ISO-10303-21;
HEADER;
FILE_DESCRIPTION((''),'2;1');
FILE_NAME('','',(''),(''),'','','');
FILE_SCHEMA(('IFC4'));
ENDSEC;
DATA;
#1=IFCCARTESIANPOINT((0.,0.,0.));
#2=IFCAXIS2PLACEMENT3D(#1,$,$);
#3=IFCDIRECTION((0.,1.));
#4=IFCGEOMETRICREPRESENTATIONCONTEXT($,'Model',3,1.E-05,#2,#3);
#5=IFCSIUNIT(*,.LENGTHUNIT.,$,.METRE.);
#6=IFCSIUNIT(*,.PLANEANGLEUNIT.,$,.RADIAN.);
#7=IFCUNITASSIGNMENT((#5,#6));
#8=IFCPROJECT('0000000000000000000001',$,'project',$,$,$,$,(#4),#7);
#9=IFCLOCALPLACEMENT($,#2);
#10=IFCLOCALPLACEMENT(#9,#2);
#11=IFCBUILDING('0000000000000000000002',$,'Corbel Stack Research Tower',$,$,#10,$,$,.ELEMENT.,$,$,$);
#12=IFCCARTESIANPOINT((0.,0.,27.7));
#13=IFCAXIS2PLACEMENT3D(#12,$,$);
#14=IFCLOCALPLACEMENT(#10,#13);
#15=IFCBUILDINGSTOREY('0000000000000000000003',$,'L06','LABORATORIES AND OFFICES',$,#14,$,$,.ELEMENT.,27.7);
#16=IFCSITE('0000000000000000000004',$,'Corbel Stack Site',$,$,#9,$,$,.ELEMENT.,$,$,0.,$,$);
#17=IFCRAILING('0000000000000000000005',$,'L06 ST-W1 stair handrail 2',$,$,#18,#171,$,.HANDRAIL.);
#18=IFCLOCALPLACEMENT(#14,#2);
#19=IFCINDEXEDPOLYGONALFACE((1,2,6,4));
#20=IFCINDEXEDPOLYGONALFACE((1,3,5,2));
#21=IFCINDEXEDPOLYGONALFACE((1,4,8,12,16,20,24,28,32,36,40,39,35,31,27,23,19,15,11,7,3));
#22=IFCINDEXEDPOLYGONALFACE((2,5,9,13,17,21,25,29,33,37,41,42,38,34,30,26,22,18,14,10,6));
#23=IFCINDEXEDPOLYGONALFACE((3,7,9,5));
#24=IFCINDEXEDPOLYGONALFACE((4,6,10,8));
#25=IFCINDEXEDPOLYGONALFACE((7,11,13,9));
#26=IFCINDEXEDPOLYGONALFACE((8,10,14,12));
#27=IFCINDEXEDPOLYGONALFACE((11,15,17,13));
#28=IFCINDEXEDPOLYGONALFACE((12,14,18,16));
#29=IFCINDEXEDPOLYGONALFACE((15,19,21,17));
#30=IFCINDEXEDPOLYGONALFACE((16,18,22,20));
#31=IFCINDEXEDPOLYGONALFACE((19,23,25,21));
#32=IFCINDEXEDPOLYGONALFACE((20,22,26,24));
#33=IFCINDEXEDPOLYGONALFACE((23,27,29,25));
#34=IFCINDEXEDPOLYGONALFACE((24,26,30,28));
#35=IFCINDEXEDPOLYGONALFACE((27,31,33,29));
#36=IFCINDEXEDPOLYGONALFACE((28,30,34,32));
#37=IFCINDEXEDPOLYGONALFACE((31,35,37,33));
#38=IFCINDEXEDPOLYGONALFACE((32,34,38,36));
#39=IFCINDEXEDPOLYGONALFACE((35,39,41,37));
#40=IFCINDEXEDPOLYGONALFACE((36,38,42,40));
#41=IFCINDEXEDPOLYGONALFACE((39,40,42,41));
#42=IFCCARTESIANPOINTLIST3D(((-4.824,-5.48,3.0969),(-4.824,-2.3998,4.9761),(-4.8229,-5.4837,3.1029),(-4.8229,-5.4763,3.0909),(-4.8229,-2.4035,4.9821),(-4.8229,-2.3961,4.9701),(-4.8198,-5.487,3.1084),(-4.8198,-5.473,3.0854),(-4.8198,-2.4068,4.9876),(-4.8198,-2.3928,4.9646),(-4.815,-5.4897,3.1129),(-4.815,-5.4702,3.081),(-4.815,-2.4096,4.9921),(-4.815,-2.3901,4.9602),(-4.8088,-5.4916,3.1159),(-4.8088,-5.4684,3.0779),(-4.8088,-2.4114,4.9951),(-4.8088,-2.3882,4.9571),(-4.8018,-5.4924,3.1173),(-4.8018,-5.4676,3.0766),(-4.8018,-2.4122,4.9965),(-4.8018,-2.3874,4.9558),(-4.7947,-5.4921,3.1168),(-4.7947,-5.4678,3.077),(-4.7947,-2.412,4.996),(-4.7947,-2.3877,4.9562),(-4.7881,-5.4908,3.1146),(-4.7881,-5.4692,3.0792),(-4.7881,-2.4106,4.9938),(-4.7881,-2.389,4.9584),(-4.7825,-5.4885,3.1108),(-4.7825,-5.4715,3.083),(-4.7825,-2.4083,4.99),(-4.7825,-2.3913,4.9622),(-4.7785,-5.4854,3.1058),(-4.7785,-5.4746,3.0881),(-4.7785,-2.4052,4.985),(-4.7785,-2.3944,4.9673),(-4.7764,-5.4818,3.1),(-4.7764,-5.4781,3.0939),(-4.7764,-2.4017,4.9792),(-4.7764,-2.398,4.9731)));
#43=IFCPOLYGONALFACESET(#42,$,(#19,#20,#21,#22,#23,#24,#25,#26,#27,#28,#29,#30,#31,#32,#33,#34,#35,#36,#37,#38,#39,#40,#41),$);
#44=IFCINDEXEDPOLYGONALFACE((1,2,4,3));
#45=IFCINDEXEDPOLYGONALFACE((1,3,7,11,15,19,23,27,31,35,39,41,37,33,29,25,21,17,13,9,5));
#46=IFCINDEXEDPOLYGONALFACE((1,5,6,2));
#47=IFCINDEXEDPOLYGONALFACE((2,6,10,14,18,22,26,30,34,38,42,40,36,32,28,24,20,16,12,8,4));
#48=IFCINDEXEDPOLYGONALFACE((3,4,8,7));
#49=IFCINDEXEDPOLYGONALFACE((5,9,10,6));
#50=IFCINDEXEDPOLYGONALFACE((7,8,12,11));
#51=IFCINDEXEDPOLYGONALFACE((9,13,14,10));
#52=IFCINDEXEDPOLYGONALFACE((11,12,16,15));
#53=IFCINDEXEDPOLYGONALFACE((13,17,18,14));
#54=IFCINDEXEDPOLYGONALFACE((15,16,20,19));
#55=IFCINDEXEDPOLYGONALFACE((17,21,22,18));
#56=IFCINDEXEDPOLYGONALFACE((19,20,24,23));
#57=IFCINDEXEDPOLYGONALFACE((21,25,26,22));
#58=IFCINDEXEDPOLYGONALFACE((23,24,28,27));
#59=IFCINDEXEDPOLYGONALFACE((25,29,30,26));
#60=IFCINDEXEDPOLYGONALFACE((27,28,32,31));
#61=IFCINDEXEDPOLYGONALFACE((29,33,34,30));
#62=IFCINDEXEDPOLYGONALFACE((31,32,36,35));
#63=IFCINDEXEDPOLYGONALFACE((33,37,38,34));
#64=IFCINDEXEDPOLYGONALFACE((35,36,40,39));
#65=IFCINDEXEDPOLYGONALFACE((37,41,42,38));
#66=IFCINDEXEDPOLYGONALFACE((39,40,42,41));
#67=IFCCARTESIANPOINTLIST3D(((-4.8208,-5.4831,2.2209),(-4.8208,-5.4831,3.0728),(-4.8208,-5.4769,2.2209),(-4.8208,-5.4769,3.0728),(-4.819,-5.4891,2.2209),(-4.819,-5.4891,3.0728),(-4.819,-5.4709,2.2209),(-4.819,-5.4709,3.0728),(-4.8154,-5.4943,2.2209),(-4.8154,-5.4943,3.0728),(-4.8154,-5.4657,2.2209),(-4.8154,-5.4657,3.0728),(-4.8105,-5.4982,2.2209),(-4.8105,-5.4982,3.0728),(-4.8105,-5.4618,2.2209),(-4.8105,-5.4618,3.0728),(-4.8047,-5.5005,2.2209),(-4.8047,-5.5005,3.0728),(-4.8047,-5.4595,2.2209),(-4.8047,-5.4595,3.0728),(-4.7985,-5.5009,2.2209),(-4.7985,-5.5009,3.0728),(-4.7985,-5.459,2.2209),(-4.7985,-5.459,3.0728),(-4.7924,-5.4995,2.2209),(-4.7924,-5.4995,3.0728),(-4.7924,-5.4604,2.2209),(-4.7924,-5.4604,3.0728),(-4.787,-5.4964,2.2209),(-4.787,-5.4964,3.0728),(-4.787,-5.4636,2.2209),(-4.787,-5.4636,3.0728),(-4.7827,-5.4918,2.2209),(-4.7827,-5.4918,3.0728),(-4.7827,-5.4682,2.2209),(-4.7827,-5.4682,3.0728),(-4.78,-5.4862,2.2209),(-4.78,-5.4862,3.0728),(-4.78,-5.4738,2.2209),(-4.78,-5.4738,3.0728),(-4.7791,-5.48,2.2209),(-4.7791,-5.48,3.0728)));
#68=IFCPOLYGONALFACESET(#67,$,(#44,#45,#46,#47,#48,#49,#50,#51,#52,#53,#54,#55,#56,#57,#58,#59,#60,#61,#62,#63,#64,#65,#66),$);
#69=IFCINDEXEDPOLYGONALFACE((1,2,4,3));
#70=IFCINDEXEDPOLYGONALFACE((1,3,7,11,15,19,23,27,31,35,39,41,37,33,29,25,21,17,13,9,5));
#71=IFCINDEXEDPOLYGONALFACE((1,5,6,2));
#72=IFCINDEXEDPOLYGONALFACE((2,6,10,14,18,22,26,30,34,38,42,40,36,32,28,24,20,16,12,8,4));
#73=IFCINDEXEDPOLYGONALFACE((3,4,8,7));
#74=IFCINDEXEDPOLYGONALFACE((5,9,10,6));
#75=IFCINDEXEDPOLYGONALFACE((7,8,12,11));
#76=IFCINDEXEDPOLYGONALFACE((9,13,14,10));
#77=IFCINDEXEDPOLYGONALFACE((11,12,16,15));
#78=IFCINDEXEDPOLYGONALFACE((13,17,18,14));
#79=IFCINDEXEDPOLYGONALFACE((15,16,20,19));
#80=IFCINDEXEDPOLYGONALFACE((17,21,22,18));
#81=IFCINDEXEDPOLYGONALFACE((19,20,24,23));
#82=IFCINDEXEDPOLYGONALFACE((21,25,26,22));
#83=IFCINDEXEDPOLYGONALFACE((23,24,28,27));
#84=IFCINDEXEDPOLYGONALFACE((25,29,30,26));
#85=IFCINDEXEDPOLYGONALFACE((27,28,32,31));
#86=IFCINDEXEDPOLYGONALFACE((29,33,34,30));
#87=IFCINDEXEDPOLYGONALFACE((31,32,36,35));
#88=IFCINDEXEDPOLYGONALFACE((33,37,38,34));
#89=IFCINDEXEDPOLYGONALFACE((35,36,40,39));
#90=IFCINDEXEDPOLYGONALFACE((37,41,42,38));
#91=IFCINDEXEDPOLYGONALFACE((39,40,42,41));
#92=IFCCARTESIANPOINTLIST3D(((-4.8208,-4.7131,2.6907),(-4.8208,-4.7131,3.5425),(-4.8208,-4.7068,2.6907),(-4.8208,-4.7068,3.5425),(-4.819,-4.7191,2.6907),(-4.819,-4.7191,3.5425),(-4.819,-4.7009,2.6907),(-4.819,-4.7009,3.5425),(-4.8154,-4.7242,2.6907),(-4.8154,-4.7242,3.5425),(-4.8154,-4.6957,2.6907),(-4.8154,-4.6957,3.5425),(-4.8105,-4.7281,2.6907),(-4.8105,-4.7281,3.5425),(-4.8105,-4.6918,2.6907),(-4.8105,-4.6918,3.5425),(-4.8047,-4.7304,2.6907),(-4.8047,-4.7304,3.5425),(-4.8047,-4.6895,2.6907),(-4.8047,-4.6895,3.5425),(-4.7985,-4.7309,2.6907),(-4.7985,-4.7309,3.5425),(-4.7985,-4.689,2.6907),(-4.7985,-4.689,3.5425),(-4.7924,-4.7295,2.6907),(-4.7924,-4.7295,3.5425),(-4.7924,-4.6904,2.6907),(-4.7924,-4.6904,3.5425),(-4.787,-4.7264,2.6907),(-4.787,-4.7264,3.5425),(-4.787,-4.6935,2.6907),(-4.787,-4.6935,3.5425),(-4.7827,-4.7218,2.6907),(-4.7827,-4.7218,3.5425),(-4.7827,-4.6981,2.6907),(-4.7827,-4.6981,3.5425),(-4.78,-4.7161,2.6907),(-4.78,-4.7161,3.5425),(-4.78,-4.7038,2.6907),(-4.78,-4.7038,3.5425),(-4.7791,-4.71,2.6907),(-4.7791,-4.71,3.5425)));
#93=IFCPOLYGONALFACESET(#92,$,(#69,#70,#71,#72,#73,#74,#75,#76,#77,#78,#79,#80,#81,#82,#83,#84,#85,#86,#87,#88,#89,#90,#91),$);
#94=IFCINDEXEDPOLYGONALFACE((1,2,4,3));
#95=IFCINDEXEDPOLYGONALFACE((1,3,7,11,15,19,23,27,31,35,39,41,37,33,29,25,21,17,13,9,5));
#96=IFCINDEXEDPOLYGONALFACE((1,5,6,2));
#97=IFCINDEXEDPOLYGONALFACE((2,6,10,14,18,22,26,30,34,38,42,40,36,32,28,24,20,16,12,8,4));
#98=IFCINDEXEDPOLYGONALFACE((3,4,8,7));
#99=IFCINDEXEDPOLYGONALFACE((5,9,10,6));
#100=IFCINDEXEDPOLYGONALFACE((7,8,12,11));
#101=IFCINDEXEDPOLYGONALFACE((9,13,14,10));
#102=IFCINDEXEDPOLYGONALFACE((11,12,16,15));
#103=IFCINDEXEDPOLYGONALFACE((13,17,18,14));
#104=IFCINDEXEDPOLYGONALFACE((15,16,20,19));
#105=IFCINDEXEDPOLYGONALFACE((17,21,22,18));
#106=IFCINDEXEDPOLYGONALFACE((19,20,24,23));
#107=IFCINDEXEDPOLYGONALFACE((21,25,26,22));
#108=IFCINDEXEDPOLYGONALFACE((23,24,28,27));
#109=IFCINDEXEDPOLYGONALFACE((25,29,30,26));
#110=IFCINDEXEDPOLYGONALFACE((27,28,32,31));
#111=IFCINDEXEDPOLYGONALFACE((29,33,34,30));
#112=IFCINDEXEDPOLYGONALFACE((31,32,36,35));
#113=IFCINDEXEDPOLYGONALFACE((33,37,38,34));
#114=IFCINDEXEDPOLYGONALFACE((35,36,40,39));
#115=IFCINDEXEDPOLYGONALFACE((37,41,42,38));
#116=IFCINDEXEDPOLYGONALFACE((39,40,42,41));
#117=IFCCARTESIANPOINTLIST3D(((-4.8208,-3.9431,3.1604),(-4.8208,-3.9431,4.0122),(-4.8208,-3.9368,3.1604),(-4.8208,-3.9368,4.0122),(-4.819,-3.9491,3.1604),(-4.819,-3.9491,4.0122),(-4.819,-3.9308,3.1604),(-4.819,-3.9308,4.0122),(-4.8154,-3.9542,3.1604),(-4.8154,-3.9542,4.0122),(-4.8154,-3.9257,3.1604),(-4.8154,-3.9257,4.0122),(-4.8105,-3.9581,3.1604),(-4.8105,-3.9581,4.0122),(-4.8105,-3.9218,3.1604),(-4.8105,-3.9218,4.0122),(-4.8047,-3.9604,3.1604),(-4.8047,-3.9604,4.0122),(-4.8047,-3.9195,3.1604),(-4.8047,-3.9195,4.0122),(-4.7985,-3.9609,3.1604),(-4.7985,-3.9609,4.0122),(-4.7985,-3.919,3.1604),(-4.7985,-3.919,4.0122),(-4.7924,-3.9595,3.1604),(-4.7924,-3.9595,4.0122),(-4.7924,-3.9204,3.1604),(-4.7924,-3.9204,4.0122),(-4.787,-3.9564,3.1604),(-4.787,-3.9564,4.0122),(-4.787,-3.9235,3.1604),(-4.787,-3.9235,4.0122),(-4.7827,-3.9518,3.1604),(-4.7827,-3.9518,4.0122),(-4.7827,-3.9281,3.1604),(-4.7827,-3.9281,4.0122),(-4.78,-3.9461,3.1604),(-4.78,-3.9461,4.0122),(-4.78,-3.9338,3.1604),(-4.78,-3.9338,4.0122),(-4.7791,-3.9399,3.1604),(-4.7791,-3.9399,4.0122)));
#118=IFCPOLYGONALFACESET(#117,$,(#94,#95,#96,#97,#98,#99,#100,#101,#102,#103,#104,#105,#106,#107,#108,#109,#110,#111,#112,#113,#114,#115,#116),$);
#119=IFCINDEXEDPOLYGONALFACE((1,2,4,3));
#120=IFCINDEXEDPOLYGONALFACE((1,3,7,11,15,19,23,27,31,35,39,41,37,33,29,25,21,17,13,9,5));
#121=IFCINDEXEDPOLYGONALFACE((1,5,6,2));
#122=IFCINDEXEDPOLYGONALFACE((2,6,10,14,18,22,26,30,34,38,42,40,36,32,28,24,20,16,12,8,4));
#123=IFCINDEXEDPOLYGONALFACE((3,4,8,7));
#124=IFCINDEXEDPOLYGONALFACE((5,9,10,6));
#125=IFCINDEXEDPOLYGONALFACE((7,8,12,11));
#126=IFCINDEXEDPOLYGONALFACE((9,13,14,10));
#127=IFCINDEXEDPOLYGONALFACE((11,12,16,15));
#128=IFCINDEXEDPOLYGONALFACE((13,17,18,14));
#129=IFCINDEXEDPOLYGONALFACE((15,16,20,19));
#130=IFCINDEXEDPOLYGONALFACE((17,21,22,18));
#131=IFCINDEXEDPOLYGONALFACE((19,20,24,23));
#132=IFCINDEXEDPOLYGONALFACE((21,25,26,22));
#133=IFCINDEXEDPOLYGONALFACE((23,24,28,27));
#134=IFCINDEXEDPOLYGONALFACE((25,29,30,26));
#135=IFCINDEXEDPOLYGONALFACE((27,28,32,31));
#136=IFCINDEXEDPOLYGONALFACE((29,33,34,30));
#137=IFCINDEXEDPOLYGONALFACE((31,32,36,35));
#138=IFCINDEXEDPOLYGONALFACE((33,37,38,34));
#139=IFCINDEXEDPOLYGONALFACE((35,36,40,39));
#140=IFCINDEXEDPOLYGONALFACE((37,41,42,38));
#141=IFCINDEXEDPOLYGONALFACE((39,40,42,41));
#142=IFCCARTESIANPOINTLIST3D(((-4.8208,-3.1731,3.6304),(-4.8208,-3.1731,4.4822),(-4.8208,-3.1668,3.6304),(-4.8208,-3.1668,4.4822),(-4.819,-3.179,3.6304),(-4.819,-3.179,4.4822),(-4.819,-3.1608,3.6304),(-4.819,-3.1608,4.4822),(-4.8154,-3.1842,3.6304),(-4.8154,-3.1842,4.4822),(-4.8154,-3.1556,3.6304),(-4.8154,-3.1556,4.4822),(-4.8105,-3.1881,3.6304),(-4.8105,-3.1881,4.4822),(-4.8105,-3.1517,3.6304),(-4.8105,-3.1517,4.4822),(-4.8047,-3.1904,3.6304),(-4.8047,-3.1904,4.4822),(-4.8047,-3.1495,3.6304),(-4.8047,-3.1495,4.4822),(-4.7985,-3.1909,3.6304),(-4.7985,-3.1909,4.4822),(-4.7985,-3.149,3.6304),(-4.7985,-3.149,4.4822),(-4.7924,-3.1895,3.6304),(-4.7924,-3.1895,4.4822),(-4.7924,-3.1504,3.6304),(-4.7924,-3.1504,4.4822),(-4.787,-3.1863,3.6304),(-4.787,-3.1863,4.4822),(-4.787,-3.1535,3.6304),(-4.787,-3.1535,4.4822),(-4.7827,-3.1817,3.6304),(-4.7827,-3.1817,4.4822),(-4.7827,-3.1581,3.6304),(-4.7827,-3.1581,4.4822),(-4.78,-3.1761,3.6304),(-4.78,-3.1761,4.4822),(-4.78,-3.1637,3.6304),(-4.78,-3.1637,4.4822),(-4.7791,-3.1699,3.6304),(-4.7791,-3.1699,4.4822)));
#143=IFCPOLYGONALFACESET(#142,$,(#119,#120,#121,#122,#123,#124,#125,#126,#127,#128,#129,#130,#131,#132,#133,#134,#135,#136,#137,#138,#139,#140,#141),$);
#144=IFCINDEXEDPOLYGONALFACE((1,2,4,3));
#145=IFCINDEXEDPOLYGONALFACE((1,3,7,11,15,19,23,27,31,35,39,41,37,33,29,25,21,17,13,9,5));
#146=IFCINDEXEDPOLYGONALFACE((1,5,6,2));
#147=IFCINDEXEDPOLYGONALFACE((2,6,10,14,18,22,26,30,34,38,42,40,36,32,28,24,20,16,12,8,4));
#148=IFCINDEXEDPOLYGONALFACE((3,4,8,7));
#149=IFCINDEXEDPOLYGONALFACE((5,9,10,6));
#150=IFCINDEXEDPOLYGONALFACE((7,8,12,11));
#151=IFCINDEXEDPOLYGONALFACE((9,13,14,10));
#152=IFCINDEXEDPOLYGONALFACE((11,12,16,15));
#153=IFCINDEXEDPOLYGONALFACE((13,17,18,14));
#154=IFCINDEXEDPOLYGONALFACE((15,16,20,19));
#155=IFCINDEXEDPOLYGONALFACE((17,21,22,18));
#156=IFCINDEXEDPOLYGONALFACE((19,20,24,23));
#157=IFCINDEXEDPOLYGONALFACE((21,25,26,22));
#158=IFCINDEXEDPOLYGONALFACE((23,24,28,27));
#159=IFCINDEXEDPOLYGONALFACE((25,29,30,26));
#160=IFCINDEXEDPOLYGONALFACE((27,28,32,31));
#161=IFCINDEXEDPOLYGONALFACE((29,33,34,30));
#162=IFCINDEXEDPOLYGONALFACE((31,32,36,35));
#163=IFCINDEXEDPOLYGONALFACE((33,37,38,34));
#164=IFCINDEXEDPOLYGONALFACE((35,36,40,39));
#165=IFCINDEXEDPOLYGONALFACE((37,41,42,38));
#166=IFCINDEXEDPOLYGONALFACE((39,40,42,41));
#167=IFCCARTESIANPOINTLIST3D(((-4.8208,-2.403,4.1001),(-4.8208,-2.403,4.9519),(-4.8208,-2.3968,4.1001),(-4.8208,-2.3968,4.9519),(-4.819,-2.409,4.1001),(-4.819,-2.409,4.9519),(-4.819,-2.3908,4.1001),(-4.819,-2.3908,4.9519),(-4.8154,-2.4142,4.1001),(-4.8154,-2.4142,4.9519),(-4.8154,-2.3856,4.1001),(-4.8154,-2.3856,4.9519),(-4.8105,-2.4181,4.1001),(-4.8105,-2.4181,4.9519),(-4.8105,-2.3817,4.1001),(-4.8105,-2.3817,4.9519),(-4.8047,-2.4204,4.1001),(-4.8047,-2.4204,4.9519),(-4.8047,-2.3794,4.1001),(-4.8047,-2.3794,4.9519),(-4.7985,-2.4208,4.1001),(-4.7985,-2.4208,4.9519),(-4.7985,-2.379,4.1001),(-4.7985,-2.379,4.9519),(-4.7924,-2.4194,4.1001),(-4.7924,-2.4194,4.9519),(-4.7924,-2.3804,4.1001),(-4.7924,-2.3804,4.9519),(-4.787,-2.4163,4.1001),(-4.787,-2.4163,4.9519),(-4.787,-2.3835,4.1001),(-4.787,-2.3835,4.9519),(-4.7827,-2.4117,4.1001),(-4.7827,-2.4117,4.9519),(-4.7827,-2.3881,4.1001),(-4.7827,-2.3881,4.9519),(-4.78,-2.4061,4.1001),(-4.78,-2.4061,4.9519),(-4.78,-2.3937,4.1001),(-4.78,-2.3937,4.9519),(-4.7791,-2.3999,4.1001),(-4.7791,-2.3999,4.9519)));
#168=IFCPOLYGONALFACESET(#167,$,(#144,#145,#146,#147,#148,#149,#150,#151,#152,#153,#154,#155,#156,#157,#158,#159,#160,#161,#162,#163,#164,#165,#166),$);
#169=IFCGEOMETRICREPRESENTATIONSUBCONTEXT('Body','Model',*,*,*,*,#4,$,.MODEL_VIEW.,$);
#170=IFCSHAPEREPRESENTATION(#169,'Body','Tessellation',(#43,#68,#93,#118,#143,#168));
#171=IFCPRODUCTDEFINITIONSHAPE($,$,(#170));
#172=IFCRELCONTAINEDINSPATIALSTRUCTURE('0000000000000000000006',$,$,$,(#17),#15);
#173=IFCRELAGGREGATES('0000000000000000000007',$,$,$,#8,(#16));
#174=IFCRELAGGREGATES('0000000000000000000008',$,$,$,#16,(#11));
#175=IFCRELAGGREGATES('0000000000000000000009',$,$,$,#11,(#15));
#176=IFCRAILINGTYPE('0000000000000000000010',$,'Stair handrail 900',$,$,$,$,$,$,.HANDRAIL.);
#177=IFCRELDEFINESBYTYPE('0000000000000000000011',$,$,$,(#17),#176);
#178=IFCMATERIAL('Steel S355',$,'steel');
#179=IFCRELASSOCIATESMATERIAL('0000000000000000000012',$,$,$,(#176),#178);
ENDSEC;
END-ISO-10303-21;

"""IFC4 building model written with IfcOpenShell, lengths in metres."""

from ifc_helpers import new_model, si_unit, direction, frame, origin, origin_2d, place, context, subcontext, project, spatial, circle, extrude, material, type_object, element, save


model = new_model("IFC4")

# Units and contexts
model_context = context("Model", 3, precision=1e-05, world=origin(), true_north=direction((0.0, 1.0)))
body_context = subcontext(model_context, "Body", "Model", "MODEL_VIEW")
ifc_project = project(units=[si_unit("LENGTHUNIT", "METRE"), si_unit("PLANEANGLEUNIT", "RADIAN")], contexts=[model_context])

# Site, building, storey
site_placement = place(None, origin())
site = spatial("IfcSite", under=ifc_project, at=site_placement, Name="Corbel Stack Site", CompositionType="ELEMENT", RefElevation=0.0)
building_placement = place(site_placement, origin())
building = spatial("IfcBuilding", under=site, at=building_placement, Name="Corbel Stack Research Tower", CompositionType="ELEMENT")
storey_placement = place(building_placement, frame((0.0, 0.0, 27.7)))
storey = spatial("IfcBuildingStorey", under=building, at=storey_placement, Name="L06", Description="LABORATORIES AND OFFICES", CompositionType="ELEMENT", Elevation=27.7)

# Railing
ifc_material_1 = material(Name="Steel S355", Category="steel")
railing_type_1 = type_object("IfcRailingType", Name="Stair handrail 900", PredefinedType="HANDRAIL", material=ifc_material_1)
railing_1_placement = place(storey_placement, frame((-4.8, -5.48, 2.2209)))
element("IfcRailing", 1, at=railing_1_placement, inside=storey, type_object=railing_type_1, Name="L06 ST-W1 stair handrail 2", PredefinedType="HANDRAIL", context=body_context, shape_type="SweptSolid", body=[
    extrude(circle(Radius=0.0239, at=origin_2d()), frame((0.0, 0.0, 0.876), z_axis=(0.0, 0.853666, 0.52082), x_axis=(-1.0, 0.0, 0.0)), (0.0, 0.0, 1.0), 3.6082),
    extrude(circle(Radius=0.021, at=origin_2d()), origin(), (0.0, 0.0, 1.0), 0.8518),
    extrude(circle(Radius=0.021, at=origin_2d()), frame((0.0, 0.77, 0.4697)), (0.0, 0.0, 1.0), 0.8518),
    extrude(circle(Radius=0.021, at=origin_2d()), frame((0.0, 1.54, 0.9395)), (0.0, 0.0, 1.0), 0.8518),
    extrude(circle(Radius=0.021, at=origin_2d()), frame((0.0, 2.3101, 1.4094)), (0.0, 0.0, 1.0), 0.8518),
    extrude(circle(Radius=0.021, at=origin_2d()), frame((0.0, 3.0801, 1.8792)), (0.0, 0.0, 1.0), 0.8518),
])

save(model, "model.ifc")
